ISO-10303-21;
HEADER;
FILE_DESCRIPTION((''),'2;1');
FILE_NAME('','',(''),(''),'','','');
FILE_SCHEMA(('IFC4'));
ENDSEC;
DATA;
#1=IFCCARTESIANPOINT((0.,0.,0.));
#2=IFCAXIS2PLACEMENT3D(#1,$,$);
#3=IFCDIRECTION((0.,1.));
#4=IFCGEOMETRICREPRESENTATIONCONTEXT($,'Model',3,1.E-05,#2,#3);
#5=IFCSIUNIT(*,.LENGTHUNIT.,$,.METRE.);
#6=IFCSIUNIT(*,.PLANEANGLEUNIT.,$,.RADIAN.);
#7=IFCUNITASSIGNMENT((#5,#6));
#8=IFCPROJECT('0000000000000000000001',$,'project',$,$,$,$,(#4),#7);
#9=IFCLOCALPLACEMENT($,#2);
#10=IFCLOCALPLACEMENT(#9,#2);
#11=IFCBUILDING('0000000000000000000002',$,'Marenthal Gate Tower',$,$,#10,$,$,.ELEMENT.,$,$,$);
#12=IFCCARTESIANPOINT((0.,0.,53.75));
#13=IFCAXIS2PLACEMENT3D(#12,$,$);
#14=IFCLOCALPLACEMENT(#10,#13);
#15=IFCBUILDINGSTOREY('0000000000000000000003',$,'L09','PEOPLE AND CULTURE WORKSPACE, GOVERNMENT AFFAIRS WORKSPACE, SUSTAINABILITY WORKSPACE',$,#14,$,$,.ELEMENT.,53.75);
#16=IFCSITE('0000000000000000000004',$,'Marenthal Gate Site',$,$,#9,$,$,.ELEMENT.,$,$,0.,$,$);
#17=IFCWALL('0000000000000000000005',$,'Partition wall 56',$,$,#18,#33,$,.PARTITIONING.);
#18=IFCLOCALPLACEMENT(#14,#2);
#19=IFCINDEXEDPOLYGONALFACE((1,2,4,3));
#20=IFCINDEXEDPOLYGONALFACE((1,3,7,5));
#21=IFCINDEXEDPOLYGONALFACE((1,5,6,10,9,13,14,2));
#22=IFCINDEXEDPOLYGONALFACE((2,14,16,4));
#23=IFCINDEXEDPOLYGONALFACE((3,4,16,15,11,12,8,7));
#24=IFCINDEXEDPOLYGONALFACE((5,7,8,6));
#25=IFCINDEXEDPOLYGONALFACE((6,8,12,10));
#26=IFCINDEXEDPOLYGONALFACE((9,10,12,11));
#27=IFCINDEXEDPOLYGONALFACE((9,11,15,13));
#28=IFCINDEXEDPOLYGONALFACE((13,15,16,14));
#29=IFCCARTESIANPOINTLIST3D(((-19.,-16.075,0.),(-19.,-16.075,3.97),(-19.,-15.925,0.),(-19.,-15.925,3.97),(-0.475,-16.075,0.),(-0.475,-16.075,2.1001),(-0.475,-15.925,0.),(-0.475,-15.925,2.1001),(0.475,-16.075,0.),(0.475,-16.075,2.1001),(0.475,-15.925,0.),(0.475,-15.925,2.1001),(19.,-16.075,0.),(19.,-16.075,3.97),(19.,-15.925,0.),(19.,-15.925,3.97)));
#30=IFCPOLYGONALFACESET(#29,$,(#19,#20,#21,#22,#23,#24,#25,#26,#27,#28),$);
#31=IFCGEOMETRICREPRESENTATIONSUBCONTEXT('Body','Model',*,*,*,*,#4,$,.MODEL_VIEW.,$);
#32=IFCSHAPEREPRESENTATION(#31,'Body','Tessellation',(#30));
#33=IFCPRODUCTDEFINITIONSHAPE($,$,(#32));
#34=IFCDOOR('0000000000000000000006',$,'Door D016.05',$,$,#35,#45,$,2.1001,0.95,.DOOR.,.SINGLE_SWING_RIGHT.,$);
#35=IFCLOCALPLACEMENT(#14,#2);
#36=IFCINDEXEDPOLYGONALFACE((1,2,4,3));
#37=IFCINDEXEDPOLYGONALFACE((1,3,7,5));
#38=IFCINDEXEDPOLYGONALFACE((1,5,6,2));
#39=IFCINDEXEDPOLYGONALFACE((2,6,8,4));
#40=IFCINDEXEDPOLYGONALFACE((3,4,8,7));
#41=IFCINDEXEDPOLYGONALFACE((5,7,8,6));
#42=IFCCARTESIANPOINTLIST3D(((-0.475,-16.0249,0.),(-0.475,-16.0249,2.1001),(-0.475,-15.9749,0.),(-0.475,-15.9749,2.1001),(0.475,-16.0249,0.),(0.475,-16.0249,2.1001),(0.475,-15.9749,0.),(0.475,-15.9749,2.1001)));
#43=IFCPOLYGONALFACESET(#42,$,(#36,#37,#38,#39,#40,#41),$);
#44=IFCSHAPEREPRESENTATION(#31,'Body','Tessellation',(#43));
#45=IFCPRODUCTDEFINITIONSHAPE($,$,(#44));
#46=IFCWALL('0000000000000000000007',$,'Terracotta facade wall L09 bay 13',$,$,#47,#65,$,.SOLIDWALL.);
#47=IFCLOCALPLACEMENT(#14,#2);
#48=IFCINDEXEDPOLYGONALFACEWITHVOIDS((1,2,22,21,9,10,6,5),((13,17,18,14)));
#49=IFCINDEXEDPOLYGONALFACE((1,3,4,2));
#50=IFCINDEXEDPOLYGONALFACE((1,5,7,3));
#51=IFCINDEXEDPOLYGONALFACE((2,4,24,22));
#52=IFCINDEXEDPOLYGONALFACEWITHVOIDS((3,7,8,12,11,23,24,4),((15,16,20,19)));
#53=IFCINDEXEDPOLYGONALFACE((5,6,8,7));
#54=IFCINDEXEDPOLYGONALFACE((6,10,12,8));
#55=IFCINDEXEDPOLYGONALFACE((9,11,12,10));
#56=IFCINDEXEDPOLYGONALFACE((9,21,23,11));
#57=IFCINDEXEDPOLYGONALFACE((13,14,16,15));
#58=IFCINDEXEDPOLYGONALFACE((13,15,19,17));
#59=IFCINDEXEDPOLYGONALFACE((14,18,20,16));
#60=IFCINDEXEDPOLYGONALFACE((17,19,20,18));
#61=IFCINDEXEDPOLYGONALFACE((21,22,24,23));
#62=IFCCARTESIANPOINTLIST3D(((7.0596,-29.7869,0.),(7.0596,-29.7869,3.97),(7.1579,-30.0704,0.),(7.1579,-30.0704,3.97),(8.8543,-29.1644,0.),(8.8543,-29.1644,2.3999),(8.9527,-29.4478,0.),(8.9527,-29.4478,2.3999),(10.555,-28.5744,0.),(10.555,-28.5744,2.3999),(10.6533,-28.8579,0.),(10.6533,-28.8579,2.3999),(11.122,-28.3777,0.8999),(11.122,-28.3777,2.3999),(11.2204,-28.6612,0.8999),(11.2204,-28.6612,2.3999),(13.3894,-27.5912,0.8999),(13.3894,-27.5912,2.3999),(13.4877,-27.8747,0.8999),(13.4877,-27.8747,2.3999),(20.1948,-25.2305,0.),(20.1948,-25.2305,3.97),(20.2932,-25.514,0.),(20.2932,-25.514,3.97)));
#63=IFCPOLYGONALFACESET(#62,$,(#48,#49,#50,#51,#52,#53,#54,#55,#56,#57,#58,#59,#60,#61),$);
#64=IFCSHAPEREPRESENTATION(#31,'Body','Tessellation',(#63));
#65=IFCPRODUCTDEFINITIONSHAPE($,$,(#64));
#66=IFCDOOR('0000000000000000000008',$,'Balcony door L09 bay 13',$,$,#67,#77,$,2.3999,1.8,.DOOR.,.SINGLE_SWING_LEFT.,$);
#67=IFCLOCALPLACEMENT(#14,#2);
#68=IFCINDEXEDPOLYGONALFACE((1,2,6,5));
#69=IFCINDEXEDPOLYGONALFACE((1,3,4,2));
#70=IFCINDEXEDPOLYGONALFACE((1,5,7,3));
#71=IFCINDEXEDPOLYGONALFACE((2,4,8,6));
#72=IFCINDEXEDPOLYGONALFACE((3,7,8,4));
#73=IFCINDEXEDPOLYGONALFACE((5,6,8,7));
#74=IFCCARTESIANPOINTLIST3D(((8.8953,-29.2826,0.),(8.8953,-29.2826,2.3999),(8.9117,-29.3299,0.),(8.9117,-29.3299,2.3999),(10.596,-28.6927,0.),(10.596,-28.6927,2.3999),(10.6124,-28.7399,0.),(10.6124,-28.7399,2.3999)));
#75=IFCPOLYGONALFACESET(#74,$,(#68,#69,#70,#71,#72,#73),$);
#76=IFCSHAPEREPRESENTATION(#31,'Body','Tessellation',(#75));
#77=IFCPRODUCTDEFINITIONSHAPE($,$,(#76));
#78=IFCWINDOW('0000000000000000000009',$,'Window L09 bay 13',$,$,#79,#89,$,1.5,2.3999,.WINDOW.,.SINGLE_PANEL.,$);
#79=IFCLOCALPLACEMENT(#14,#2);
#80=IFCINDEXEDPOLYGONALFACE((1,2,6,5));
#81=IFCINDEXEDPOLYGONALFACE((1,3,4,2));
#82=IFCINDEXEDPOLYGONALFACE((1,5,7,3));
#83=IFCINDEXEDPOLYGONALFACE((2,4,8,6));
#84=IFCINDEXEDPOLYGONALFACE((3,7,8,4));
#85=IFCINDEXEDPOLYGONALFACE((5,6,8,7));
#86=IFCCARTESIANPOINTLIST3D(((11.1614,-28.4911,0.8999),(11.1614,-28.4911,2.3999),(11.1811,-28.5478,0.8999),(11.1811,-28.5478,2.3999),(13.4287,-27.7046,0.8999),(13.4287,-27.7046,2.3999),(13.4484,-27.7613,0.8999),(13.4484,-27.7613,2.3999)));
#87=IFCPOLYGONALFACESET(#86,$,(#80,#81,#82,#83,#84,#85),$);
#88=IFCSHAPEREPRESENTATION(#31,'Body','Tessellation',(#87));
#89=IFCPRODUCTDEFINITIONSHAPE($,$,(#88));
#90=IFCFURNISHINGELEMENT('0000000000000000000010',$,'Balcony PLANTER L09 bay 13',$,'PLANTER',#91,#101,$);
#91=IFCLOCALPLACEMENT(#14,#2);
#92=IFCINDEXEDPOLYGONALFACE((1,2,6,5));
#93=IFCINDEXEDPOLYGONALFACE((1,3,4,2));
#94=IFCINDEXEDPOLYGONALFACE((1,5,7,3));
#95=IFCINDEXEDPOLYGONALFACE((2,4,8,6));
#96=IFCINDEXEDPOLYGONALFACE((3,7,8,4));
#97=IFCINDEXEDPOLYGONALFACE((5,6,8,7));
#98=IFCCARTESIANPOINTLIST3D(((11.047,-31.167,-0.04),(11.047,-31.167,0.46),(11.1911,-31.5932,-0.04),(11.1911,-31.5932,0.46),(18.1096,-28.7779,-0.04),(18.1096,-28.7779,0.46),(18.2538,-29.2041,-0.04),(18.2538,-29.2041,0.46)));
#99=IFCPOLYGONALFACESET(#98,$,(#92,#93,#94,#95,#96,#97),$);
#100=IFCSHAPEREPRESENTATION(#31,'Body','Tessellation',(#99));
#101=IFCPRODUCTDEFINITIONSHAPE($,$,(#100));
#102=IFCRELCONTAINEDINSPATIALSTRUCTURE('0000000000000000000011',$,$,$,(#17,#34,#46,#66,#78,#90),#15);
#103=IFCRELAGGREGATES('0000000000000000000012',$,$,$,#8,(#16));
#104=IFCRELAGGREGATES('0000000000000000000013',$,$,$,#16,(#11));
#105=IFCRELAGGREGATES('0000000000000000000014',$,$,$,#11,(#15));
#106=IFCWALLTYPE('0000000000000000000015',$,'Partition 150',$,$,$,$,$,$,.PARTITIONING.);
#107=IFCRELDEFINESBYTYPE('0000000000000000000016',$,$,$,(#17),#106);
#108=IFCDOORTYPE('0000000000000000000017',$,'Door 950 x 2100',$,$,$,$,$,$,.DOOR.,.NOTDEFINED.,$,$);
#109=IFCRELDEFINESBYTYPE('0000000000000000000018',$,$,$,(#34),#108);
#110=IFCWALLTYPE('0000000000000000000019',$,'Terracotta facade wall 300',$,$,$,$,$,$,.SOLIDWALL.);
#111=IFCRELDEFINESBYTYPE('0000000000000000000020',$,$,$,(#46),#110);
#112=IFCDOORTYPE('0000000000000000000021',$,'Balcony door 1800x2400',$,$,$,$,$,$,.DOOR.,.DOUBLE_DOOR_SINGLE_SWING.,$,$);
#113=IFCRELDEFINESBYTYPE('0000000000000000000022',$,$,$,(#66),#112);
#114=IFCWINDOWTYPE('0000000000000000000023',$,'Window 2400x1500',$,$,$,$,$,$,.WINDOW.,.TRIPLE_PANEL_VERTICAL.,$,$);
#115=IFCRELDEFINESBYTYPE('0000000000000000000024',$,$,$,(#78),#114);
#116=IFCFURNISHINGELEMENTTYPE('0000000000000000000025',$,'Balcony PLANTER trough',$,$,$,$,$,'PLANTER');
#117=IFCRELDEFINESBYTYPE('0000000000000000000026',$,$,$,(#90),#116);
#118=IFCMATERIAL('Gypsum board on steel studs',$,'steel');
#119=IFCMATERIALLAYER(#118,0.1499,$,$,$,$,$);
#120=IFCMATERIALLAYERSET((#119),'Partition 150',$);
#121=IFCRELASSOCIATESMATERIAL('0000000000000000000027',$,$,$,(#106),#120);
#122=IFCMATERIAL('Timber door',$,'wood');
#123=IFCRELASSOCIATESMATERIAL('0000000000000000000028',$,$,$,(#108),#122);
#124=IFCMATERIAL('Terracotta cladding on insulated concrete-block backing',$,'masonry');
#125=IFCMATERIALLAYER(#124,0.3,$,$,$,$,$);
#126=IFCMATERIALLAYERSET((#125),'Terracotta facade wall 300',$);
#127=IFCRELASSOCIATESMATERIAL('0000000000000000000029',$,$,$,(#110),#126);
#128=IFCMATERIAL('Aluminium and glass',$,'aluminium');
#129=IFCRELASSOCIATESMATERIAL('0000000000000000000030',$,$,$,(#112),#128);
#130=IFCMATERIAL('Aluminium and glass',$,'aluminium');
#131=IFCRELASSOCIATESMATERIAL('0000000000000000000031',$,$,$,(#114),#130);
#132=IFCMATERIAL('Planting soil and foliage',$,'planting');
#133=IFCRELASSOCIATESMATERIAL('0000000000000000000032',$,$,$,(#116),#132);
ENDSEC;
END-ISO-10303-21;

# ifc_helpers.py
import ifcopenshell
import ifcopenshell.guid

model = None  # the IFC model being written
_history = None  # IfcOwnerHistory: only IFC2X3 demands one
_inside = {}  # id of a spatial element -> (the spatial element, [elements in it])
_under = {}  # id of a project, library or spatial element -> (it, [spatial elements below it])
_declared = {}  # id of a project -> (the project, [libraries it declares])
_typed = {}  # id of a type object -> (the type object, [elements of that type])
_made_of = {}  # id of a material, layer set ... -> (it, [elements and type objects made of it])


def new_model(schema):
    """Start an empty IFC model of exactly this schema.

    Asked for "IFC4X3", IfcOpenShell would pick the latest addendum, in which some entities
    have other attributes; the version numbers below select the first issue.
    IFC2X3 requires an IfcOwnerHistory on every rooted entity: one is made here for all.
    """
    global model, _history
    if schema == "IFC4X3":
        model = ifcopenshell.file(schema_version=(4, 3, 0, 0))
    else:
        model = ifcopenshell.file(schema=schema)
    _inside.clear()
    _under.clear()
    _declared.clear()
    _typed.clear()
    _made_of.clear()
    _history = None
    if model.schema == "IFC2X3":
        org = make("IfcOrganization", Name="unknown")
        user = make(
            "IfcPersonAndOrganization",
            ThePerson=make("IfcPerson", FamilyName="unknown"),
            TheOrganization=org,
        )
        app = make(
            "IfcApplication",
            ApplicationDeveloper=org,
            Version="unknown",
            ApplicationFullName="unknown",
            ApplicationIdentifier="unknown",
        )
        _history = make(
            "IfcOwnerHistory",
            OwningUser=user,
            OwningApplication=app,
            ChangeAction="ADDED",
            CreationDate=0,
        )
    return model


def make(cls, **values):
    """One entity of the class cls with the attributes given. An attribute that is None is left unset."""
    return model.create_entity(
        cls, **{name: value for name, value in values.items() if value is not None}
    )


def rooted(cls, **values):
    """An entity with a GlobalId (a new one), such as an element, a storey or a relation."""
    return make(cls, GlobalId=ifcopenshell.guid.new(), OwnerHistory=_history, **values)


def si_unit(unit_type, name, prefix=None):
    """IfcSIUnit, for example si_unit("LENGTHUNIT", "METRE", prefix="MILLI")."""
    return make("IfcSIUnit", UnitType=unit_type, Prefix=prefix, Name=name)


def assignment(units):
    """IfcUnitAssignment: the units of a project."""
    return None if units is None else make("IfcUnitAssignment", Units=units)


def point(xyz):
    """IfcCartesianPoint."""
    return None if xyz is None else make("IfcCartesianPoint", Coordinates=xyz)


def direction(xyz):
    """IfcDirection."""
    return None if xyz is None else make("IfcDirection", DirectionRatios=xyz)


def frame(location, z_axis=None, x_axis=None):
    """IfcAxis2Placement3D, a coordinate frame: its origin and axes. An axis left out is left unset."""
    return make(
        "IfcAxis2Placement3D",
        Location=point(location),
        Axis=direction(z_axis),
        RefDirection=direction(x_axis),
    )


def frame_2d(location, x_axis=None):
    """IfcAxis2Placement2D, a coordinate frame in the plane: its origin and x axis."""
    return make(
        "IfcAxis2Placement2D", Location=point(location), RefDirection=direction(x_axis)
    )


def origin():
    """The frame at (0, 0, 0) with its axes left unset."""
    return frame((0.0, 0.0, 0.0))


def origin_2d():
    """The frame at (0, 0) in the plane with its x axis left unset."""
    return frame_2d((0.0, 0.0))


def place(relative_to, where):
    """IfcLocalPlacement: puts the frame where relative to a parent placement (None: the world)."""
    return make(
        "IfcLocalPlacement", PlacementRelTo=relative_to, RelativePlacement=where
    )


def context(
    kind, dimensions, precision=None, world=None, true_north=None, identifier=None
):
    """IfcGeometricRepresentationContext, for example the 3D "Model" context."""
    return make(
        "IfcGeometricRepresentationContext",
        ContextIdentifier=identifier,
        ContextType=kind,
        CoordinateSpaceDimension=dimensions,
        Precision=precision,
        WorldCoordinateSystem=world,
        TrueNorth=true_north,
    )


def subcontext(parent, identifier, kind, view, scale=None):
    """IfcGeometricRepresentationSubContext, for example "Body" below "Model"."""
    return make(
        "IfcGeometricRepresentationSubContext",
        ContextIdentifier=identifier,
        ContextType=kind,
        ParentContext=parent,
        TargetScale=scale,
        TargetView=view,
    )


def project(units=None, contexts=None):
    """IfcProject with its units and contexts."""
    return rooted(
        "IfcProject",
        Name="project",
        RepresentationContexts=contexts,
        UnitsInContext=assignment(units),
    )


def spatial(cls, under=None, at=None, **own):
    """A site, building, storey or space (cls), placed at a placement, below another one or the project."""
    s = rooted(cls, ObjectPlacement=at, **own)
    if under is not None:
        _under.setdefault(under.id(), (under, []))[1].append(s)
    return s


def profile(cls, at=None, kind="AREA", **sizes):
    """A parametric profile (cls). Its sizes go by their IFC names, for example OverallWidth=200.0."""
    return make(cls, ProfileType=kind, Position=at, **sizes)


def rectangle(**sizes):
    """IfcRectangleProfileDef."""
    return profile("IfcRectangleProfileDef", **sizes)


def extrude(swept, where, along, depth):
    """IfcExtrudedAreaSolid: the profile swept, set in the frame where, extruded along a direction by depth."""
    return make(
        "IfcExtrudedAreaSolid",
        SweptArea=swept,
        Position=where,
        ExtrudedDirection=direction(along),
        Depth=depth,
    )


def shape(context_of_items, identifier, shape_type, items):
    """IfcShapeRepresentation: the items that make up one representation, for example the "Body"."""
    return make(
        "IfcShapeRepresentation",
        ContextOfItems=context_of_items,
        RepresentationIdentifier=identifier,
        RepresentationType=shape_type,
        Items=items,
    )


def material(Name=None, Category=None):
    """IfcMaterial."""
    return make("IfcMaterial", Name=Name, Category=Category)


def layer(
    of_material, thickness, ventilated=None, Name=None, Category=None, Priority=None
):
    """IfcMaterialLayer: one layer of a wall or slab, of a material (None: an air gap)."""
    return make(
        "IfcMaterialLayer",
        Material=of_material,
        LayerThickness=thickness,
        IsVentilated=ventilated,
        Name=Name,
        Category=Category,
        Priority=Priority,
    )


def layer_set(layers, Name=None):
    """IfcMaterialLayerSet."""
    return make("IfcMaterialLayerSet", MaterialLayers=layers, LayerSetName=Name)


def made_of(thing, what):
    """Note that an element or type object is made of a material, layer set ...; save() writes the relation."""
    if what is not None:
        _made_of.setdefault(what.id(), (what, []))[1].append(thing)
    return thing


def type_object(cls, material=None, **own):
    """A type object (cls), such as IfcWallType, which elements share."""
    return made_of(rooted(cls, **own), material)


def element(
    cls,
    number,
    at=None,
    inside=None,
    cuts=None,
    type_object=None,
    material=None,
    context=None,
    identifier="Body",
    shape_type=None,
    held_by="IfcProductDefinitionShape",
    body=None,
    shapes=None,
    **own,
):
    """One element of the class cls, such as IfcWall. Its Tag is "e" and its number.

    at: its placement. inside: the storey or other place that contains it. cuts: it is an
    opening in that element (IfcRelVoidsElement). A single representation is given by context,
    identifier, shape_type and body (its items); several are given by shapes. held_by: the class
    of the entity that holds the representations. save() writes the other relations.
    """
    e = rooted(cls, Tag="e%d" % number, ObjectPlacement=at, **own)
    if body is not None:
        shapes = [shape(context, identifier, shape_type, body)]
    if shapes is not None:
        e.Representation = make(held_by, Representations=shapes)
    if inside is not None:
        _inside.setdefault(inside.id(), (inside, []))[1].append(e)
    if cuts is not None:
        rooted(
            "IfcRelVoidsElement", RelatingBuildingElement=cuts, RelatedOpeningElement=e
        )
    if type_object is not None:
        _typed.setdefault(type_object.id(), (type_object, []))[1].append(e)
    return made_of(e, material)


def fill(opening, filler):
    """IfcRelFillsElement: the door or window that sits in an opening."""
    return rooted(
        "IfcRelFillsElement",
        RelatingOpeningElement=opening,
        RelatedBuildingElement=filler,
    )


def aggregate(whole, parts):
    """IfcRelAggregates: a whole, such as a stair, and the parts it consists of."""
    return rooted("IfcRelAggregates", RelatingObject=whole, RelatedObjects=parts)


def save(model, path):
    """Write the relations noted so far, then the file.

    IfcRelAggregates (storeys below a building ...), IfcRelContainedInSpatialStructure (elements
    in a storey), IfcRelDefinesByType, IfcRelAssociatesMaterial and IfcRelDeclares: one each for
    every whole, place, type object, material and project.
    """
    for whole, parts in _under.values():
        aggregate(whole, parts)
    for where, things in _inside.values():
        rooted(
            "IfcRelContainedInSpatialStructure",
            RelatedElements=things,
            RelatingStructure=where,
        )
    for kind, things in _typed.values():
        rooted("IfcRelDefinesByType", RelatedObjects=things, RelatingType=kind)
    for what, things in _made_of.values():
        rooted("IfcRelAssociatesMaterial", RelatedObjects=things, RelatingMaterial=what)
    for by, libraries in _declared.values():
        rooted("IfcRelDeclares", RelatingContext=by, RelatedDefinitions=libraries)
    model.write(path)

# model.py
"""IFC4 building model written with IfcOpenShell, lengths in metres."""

from ifc_helpers import new_model, si_unit, direction, frame, frame_2d, origin, origin_2d, place, context, subcontext, project, spatial, rectangle, extrude, material, layer, layer_set, type_object, element, fill, save


model = new_model("IFC4")

# Units and contexts
model_context = context("Model", 3, precision=1e-05, world=origin(), true_north=direction((0.0, 1.0)))
body_context = subcontext(model_context, "Body", "Model", "MODEL_VIEW")
ifc_project = project(units=[si_unit("LENGTHUNIT", "METRE"), si_unit("PLANEANGLEUNIT", "RADIAN")], contexts=[model_context])

# Site, building, storey
site_placement = place(None, origin())
site = spatial("IfcSite", under=ifc_project, at=site_placement, Name="Marenthal Gate Site", CompositionType="ELEMENT", RefElevation=0.0)
building_placement = place(site_placement, origin())
building = spatial("IfcBuilding", under=site, at=building_placement, Name="Marenthal Gate Tower", CompositionType="ELEMENT")
storey_placement = place(building_placement, frame((0.0, 0.0, 53.75)))
storey = spatial("IfcBuildingStorey", under=building, at=storey_placement, Name="L09", Description="PEOPLE AND CULTURE WORKSPACE, GOVERNMENT AFFAIRS WORKSPACE, SUSTAINABILITY WORKSPACE", CompositionType="ELEMENT", Elevation=53.75)

# Wall, opening, door
ifc_material_1 = material(Name="Gypsum board on steel studs", Category="steel")
ifc_layer_1 = layer(ifc_material_1, 0.1499)
ifc_layer_set_1 = layer_set([ifc_layer_1], Name="Partition 150")
wall_type_1 = type_object("IfcWallType", Name="Partition 150", PredefinedType="PARTITIONING", material=ifc_layer_set_1)
wall_1_placement = place(storey_placement, frame((19.0, -16.0, 0.0), z_axis=(0.0, 0.0, 1.0), x_axis=(-1.0, 0.0, 0.0)))
wall_1 = element("IfcWall", 1, at=wall_1_placement, inside=storey, type_object=wall_type_1, Name="Partition wall 56", PredefinedType="PARTITIONING", context=body_context, shape_type="SweptSolid", body=[
    extrude(rectangle(XDim=38.0, YDim=0.1499, at=frame_2d((19.0, 0.0))), origin(), (0.0, 0.0, 1.0), 3.97),
])
opening_1_placement = place(wall_1_placement, frame((18.5249, 0.0, 0.0)))
opening_1 = element("IfcOpeningElement", 2, at=opening_1_placement, cuts=wall_1, PredefinedType="OPENING", context=body_context, shape_type="SweptSolid", body=[
    extrude(rectangle(XDim=0.95, YDim=2.1001, at=frame_2d((0.4751, 1.05))), frame((0.0, 0.085, 0.0), z_axis=(0.0, -1.0, 0.0), x_axis=(1.0, 0.0, 0.0)), (0.0, 0.0, 1.0), 0.1699),
])
ifc_material_2 = material(Name="Timber door", Category="wood")
door_type_1 = type_object("IfcDoorType", Name="Door 950 x 2100", OperationType="NOTDEFINED", PredefinedType="DOOR", material=ifc_material_2)
door_1_placement = place(opening_1_placement, origin())
door_1 = element("IfcDoor", 3, at=door_1_placement, inside=storey, type_object=door_type_1, Name="Door D016.05", OperationType="SINGLE_SWING_RIGHT", OverallHeight=2.1001, OverallWidth=0.95, PredefinedType="DOOR", context=body_context, shape_type="SweptSolid", body=[
    extrude(rectangle(XDim=0.95, YDim=2.1001, at=frame_2d((0.4751, 1.05))), frame((0.0, 0.0249, 0.0), z_axis=(0.0, -1.0, 0.0), x_axis=(1.0, 0.0, 0.0)), (0.0, 0.0, 1.0), 0.05),
])
fill(opening_1, door_1)

# Wall, openings, door, window
ifc_material_3 = material(Name="Terracotta cladding on insulated concrete-block backing", Category="masonry")
ifc_layer_2 = layer(ifc_material_3, 0.3)
ifc_layer_set_2 = layer_set([ifc_layer_2], Name="Terracotta facade wall 300")
wall_type_2 = type_object("IfcWallType", Name="Terracotta facade wall 300", PredefinedType="SOLIDWALL", material=ifc_layer_set_2)
wall_2_placement = place(storey_placement, frame((7.1086, -29.9287, 0.0), z_axis=(0.0, 0.0, 1.0), x_axis=(0.944773, 0.327726, 0.0)))
wall_2 = element("IfcWall", 4, at=wall_2_placement, inside=storey, type_object=wall_type_2, Name="Terracotta facade wall L09 bay 13", PredefinedType="SOLIDWALL", context=body_context, shape_type="SweptSolid", body=[
    extrude(rectangle(XDim=13.9031, YDim=0.3, at=frame_2d((6.9517, 0.0))), origin(), (0.0, 0.0, 1.0), 3.97),
])
opening_2_placement = place(wall_2_placement, frame((1.8999, 0.0, 0.0)))
opening_2 = element("IfcOpeningElement", 5, at=opening_2_placement, cuts=wall_2, PredefinedType="OPENING", context=body_context, shape_type="SweptSolid", body=[
    extrude(rectangle(XDim=1.8, YDim=2.3999, at=frame_2d((0.8999, 1.2))), frame((0.0, 0.1602, 0.0), z_axis=(0.0, -1.0, 0.0), x_axis=(1.0, 0.0, 0.0)), (0.0, 0.0, 1.0), 0.3201),
])
opening_3_placement = place(wall_2_placement, frame((4.3, 0.0, 0.8999)))
opening_3 = element("IfcOpeningElement", 6, at=opening_3_placement, cuts=wall_2, PredefinedType="OPENING", context=body_context, shape_type="SweptSolid", body=[
    extrude(rectangle(XDim=2.3999, YDim=1.5, at=frame_2d((1.2, 0.75))), frame((0.0, 0.1602, 0.0), z_axis=(0.0, -1.0, 0.0), x_axis=(1.0, 0.0, 0.0)), (0.0, 0.0, 1.0), 0.3201),
])
ifc_material_4 = material(Name="Aluminium and glass", Category="aluminium")
door_type_2 = type_object("IfcDoorType", Name="Balcony door 1800x2400", OperationType="DOUBLE_DOOR_SINGLE_SWING", PredefinedType="DOOR", material=ifc_material_4)
door_2_placement = place(opening_2_placement, origin())
door_2 = element("IfcDoor", 7, at=door_2_placement, inside=storey, type_object=door_type_2, Name="Balcony door L09 bay 13", OperationType="SINGLE_SWING_LEFT", OverallHeight=2.3999, OverallWidth=1.8, PredefinedType="DOOR", context=body_context, shape_type="SweptSolid", body=[
    extrude(rectangle(XDim=1.8, YDim=2.3999, at=frame_2d((0.8999, 1.2))), frame((0.0, 0.0249, 0.0), z_axis=(0.0, -1.0, 0.0), x_axis=(1.0, 0.0, 0.0)), (0.0, 0.0, 1.0), 0.05),
])
fill(opening_2, door_2)
ifc_material_5 = material(Name="Aluminium and glass", Category="aluminium")
window_type = type_object("IfcWindowType", Name="Window 2400x1500", PartitioningType="TRIPLE_PANEL_VERTICAL", PredefinedType="WINDOW", material=ifc_material_5)
window_placement = place(opening_3_placement, origin())
window = element("IfcWindow", 8, at=window_placement, inside=storey, type_object=window_type, Name="Window L09 bay 13", OverallHeight=1.5, OverallWidth=2.3999, PartitioningType="SINGLE_PANEL", PredefinedType="WINDOW", context=body_context, shape_type="SweptSolid", body=[
    extrude(rectangle(XDim=2.3999, YDim=1.5, at=frame_2d((1.2, 0.75))), frame((0.0, 0.03, 0.0), z_axis=(0.0, -1.0, 0.0), x_axis=(1.0, 0.0, 0.0)), (0.0, 0.0, 1.0), 0.0601),
])
fill(opening_3, window)

# Furnishing element
ifc_material_6 = material(Name="Planting soil and foliage", Category="planting")
furnishing_element_type = type_object("IfcFurnishingElementType", Name="Balcony PLANTER trough", ElementType="PLANTER", material=ifc_material_6)
furnishing_placement = place(storey_placement, frame((14.6504, -30.1855, -0.04), z_axis=(0.0, 0.0, 1.0), x_axis=(0.947271, 0.320433, 0.0)))
element("IfcFurnishingElement", 9, at=furnishing_placement, inside=storey, type_object=furnishing_element_type, Name="Balcony PLANTER L09 bay 13", ObjectType="PLANTER", context=body_context, shape_type="SweptSolid", body=[
    extrude(rectangle(XDim=7.4558, YDim=0.45, at=origin_2d()), origin(), (0.0, 0.0, 1.0), 0.5),
])

save(model, "model.ifc")
